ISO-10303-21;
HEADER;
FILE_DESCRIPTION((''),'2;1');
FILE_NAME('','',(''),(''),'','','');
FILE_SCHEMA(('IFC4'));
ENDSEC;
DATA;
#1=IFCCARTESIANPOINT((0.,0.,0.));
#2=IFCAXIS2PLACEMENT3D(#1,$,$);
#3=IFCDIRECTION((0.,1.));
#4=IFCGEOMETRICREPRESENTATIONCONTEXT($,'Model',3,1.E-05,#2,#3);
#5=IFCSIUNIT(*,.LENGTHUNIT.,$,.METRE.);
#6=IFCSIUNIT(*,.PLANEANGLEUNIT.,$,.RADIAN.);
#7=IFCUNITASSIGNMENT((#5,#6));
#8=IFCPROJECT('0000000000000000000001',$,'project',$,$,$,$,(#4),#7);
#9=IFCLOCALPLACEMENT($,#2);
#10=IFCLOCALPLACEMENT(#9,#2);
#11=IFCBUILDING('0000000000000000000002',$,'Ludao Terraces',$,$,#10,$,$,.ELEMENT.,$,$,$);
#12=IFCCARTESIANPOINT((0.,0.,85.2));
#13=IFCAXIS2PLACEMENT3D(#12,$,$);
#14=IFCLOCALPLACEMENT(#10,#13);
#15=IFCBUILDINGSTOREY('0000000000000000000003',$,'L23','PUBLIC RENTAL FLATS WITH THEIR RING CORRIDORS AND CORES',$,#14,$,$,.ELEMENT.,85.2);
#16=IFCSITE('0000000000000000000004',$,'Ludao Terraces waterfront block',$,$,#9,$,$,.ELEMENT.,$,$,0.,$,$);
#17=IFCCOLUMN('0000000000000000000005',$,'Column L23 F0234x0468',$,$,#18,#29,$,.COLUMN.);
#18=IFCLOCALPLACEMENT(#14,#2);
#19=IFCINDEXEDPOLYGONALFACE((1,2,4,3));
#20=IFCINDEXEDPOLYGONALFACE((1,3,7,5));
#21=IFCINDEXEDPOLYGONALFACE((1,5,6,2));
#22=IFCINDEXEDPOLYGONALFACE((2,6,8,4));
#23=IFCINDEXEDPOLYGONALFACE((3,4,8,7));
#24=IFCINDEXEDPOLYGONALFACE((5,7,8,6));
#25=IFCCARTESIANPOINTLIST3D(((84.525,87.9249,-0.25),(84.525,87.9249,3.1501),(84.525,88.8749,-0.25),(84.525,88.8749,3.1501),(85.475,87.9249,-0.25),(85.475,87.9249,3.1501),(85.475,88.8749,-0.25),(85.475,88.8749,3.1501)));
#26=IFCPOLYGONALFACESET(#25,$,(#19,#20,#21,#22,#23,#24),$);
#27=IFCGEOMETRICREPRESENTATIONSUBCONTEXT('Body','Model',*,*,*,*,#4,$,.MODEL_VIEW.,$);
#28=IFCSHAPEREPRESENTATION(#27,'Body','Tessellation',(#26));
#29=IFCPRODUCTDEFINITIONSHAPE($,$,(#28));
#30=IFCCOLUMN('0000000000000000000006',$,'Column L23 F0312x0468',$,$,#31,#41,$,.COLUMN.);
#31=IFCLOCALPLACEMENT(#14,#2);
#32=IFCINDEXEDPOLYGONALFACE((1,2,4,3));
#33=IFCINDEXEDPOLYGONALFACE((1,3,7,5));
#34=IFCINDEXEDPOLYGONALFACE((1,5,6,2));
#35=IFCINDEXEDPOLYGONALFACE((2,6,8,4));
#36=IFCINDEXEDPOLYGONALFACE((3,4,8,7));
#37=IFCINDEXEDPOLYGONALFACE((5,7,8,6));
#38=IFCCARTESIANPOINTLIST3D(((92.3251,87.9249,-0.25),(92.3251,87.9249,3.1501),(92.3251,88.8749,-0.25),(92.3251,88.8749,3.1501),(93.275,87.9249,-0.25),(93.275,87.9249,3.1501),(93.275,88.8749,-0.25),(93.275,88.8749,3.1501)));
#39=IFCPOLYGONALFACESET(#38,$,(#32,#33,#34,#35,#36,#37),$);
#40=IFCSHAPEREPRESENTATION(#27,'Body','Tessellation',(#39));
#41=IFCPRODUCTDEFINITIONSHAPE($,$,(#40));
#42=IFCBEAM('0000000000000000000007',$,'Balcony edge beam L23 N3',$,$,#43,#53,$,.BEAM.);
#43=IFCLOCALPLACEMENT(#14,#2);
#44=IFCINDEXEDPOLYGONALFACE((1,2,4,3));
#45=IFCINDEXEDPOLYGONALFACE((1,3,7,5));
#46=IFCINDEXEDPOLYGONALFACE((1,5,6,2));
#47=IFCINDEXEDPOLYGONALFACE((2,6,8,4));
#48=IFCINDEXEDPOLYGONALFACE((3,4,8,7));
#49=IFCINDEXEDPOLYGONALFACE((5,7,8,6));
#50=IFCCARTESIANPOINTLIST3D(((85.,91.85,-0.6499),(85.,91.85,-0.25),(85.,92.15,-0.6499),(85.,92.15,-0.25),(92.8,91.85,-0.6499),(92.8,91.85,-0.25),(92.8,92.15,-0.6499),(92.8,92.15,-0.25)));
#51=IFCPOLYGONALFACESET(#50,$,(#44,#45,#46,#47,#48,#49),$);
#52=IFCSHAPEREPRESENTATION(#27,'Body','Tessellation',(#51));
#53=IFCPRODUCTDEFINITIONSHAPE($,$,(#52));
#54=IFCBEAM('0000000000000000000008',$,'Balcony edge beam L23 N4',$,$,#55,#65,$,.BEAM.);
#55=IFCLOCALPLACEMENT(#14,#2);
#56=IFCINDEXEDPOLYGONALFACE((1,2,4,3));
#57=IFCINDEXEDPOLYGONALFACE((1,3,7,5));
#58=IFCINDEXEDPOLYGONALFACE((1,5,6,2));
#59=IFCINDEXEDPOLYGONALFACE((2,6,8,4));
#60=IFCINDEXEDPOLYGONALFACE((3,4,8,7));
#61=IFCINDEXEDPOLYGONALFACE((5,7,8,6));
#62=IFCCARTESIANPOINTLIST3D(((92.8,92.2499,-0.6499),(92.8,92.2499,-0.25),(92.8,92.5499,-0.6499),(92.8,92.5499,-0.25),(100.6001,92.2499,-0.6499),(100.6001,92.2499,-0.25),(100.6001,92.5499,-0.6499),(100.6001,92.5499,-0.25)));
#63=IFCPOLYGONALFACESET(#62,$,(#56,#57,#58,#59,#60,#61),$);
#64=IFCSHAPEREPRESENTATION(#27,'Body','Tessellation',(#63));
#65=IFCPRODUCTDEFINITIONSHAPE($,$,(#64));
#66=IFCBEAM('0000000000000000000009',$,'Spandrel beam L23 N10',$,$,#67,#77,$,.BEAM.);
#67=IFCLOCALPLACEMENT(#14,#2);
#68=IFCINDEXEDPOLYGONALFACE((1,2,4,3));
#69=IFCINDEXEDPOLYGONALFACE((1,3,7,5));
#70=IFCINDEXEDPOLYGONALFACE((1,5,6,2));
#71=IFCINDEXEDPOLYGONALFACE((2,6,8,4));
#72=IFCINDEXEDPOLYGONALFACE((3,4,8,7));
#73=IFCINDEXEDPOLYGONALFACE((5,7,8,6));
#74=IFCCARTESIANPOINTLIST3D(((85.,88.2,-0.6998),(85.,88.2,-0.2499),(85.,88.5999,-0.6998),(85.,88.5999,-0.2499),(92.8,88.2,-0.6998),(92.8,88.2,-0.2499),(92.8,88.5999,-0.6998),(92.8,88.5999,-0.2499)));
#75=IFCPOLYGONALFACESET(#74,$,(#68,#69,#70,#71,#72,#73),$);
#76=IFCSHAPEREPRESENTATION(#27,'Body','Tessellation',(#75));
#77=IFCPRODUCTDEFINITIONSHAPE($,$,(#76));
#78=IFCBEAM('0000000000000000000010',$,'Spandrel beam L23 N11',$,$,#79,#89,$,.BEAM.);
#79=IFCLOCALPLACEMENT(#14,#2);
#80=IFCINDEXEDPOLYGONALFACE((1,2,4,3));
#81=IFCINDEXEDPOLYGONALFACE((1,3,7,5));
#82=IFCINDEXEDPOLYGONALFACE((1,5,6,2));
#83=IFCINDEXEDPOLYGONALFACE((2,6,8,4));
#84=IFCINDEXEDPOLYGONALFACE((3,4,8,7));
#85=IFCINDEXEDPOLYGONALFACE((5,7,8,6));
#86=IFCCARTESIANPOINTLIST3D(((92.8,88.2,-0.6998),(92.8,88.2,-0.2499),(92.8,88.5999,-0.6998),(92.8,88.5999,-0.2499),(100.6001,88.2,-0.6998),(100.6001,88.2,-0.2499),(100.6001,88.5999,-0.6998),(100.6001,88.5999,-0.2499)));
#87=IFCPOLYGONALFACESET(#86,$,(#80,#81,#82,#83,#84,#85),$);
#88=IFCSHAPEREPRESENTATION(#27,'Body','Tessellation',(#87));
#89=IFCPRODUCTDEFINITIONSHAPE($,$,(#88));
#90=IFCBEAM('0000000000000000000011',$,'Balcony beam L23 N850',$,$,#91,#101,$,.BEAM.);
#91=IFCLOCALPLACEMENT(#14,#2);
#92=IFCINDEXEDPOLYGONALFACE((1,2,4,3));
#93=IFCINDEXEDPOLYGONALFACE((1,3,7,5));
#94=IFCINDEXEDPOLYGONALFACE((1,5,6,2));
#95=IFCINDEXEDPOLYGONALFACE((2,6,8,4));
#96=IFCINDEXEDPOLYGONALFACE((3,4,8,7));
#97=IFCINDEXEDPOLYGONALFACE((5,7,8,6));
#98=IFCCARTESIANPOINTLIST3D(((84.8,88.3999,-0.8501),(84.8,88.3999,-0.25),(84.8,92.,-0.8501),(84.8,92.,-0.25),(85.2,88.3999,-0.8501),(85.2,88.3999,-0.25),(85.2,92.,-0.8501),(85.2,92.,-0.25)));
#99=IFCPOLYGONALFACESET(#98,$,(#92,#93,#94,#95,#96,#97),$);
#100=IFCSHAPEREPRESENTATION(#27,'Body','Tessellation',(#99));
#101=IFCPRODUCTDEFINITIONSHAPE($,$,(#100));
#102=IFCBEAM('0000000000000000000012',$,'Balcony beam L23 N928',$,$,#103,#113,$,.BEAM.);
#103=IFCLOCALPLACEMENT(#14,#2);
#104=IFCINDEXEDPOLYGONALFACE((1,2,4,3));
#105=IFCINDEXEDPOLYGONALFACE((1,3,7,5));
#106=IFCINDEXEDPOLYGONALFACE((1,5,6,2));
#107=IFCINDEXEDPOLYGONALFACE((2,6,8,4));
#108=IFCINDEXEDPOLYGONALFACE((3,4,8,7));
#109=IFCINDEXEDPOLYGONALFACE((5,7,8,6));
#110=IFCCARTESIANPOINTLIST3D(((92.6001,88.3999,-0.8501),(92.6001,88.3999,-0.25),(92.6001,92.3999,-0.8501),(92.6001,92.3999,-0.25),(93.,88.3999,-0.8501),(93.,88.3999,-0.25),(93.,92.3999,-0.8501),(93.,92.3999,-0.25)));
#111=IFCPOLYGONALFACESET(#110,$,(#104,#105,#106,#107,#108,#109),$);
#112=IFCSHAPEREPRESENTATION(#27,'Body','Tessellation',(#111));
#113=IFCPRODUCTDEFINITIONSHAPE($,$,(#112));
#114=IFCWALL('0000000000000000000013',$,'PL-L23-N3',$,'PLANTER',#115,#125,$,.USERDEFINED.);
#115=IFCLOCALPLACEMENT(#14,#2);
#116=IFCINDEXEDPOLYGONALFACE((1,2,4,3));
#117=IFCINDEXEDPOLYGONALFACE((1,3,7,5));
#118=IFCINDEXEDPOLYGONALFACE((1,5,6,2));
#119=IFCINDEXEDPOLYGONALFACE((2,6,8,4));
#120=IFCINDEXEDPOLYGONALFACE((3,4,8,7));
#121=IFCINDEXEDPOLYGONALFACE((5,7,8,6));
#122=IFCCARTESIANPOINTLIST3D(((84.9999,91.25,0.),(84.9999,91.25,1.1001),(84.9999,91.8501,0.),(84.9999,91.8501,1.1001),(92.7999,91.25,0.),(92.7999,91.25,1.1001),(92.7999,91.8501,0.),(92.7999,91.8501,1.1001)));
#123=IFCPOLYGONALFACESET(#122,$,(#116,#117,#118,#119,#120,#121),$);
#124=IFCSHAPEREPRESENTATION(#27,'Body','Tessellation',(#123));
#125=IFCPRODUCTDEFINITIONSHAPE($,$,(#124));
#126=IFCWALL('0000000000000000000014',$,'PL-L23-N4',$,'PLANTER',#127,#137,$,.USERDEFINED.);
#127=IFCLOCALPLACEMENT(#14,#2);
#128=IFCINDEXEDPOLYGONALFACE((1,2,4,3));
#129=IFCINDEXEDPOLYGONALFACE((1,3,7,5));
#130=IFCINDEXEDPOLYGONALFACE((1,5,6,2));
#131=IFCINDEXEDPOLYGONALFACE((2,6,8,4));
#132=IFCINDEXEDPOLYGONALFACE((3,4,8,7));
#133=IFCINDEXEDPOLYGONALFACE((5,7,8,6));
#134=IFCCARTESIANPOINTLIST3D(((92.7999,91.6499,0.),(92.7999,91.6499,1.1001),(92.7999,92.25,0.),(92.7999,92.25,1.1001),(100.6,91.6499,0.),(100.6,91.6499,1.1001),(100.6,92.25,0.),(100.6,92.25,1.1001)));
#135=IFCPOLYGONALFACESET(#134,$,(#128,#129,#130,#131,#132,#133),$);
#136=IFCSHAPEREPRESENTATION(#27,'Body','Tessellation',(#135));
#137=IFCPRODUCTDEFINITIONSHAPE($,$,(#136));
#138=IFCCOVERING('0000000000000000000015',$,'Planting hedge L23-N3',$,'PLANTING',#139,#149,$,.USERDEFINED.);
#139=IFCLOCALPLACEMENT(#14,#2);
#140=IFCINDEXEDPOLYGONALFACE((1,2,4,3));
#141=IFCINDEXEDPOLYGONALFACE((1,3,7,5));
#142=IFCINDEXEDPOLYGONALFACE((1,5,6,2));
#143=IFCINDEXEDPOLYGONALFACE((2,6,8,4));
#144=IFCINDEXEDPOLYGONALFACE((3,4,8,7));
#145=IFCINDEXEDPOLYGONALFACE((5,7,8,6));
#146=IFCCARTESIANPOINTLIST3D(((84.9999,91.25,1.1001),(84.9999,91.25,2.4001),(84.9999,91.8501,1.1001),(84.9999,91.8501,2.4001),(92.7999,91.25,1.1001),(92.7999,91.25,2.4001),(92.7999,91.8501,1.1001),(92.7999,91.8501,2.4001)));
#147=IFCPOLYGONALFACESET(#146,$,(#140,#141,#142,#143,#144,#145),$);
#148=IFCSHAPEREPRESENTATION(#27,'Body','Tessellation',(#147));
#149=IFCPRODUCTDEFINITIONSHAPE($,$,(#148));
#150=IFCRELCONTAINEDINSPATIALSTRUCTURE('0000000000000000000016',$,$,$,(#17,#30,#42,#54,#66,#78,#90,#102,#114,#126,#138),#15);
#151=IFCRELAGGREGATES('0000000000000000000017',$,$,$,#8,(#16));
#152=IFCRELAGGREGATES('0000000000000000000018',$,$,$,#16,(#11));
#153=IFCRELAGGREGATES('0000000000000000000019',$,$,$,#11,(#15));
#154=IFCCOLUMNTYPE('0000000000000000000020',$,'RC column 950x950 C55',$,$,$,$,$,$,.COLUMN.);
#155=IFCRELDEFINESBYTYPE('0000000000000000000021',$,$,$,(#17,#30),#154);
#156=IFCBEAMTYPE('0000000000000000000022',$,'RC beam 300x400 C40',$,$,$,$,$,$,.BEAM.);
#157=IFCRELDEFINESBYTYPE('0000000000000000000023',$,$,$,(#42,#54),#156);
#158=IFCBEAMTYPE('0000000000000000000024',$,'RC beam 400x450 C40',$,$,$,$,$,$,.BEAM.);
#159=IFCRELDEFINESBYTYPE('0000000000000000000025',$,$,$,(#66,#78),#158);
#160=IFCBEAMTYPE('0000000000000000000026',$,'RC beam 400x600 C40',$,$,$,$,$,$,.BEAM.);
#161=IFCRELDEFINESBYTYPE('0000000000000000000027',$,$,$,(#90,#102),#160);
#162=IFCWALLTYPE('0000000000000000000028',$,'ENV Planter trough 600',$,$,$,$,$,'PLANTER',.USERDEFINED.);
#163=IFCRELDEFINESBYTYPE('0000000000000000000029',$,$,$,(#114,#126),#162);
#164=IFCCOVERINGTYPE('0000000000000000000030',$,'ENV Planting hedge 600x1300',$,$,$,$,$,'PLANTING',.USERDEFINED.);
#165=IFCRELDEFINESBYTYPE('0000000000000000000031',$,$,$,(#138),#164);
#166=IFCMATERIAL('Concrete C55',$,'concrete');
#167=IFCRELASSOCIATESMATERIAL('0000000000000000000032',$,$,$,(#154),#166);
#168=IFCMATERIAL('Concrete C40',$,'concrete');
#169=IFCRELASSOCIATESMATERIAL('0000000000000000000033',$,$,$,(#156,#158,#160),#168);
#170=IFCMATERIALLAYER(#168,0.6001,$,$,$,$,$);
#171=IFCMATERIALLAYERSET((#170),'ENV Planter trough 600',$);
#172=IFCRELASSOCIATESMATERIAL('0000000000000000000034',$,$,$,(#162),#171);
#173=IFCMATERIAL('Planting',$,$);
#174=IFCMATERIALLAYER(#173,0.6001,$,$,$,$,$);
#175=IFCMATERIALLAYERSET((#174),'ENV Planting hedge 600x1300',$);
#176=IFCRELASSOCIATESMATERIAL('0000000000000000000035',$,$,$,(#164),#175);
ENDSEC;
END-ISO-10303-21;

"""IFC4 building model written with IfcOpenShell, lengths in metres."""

from ifc_helpers import new_model, si_unit, direction, frame, frame_2d, origin, origin_2d, place, context, subcontext, project, spatial, rectangle, extrude, material, layer, layer_set, material_profile, profile_set, type_object, element, save


model = new_model("IFC4")

# Units and contexts
model_context = context("Model", 3, precision=1e-05, world=origin(), true_north=direction((0.0, 1.0)))
body_context = subcontext(model_context, "Body", "Model", "MODEL_VIEW")
ifc_project = project(units=[si_unit("LENGTHUNIT", "METRE"), si_unit("PLANEANGLEUNIT", "RADIAN")], contexts=[model_context])

# Site, building, storey
site_placement = place(None, origin())
site = spatial("IfcSite", under=ifc_project, at=site_placement, Name="Ludao Terraces waterfront block", CompositionType="ELEMENT", RefElevation=0.0)
building_placement = place(site_placement, origin())
building = spatial("IfcBuilding", under=site, at=building_placement, Name="Ludao Terraces", CompositionType="ELEMENT")
storey_placement = place(building_placement, frame((0.0, 0.0, 85.2)))
storey = spatial("IfcBuildingStorey", under=building, at=storey_placement, Name="L23", Description="PUBLIC RENTAL FLATS WITH THEIR RING CORRIDORS AND CORES", CompositionType="ELEMENT", Elevation=85.2)

# Columns
ifc_material_1 = material(Name="Concrete C55", Category="concrete")
ifc_material_profile_1 = material_profile(ifc_material_1, rectangle(XDim=0.95, YDim=0.95, at=origin_2d()), Name="950 X 950")
ifc_profile_set_1 = profile_set([ifc_material_profile_1], Name="Concrete C55")
column_type = type_object("IfcColumnType", Name="RC column 950x950 C55", PredefinedType="COLUMN", material=ifc_profile_set_1)
for number, where, z_axis, x_axis, name in (
    (1, (85.0, 88.3999, -0.25), (0.0, 0.0, 1.0), (1.0, 0.0, 0.0), "Column L23 F0234x0468"),
    (2, (92.8, 88.3999, -0.25), (0.0, 0.0, 1.0), (1.0, 0.0, 0.0), "Column L23 F0312x0468"),
):
    element("IfcColumn", number, at=place(storey_placement, frame(where, z_axis=z_axis, x_axis=x_axis)), inside=storey, type_object=column_type, Name=name, PredefinedType="COLUMN", context=body_context, shape_type="SweptSolid", body=[
        extrude(rectangle(XDim=0.95, YDim=0.95, at=origin_2d()), origin(), (0.0, 0.0, 1.0), 3.4001),
    ])

# Beams
ifc_material_2 = material(Name="Concrete C40", Category="concrete")
ifc_material_profile_2 = material_profile(ifc_material_2, rectangle(XDim=0.3, YDim=0.3999, at=origin_2d()), Name="300 X 400")
ifc_profile_set_2 = profile_set([ifc_material_profile_2], Name="Concrete C40")
beam_type_1 = type_object("IfcBeamType", Name="RC beam 300x400 C40", PredefinedType="BEAM", material=ifc_profile_set_2)
for number, where, z_axis, x_axis, name in (
    (3, (85.0, 92.0, -0.45), (1.0, 0.0, 0.0), (0.0, 1.0, 0.0), "Balcony edge beam L23 N3"),
    (4, (92.8, 92.3999, -0.45), (1.0, 0.0, 0.0), (0.0, 1.0, 0.0), "Balcony edge beam L23 N4"),
):
    element("IfcBeam", number, at=place(storey_placement, frame(where, z_axis=z_axis, x_axis=x_axis)), inside=storey, type_object=beam_type_1, Name=name, PredefinedType="BEAM", context=body_context, shape_type="SweptSolid", body=[
        extrude(rectangle(XDim=0.3, YDim=0.3999, at=origin_2d()), origin(), (0.0, 0.0, 1.0), 7.8),
    ])
ifc_material_profile_3 = material_profile(ifc_material_2, rectangle(XDim=0.3999, YDim=0.45, at=origin_2d()), Name="400 X 450")
ifc_profile_set_3 = profile_set([ifc_material_profile_3], Name="Concrete C40")
beam_type_2 = type_object("IfcBeamType", Name="RC beam 400x450 C40", PredefinedType="BEAM", material=ifc_profile_set_3)
for number, where, z_axis, x_axis, name in (
    (5, (85.0, 88.3999, -0.4749), (1.0, 0.0, 0.0), (0.0, 1.0, 0.0), "Spandrel beam L23 N10"),
    (6, (92.8, 88.3999, -0.4749), (1.0, 0.0, 0.0), (0.0, 1.0, 0.0), "Spandrel beam L23 N11"),
):
    element("IfcBeam", number, at=place(storey_placement, frame(where, z_axis=z_axis, x_axis=x_axis)), inside=storey, type_object=beam_type_2, Name=name, PredefinedType="BEAM", context=body_context, shape_type="SweptSolid", body=[
        extrude(rectangle(XDim=0.3999, YDim=0.45, at=origin_2d()), origin(), (0.0, 0.0, 1.0), 7.8),
    ])
ifc_material_profile_4 = material_profile(ifc_material_2, rectangle(XDim=0.3999, YDim=0.6001, at=origin_2d()), Name="400 X 600")
ifc_profile_set_4 = profile_set([ifc_material_profile_4], Name="Concrete C40")
beam_type_3 = type_object("IfcBeamType", Name="RC beam 400x600 C40", PredefinedType="BEAM", material=ifc_profile_set_4)
beam_1_placement = place(storey_placement, frame((85.0, 88.3999, -0.55), z_axis=(0.0, 1.0, 0.0), x_axis=(-1.0, 0.0, 0.0)))
element("IfcBeam", 7, at=beam_1_placement, inside=storey, type_object=beam_type_3, Name="Balcony beam L23 N850", PredefinedType="BEAM", context=body_context, shape_type="SweptSolid", body=[
    extrude(rectangle(XDim=0.3999, YDim=0.6001, at=origin_2d()), origin(), (0.0, 0.0, 1.0), 3.6001),
])
beam_2_placement = place(storey_placement, frame((92.8, 88.3999, -0.55), z_axis=(0.0, 1.0, 0.0), x_axis=(-1.0, 0.0, 0.0)))
element("IfcBeam", 8, at=beam_2_placement, inside=storey, type_object=beam_type_3, Name="Balcony beam L23 N928", PredefinedType="BEAM", context=body_context, shape_type="SweptSolid", body=[
    extrude(rectangle(XDim=0.3999, YDim=0.6001, at=origin_2d()), origin(), (0.0, 0.0, 1.0), 4.0),
])

# Walls
ifc_layer_1 = layer(ifc_material_2, 0.6001)
ifc_layer_set_1 = layer_set([ifc_layer_1], Name="ENV Planter trough 600")
wall_type = type_object("IfcWallType", Name="ENV Planter trough 600", ElementType="PLANTER", PredefinedType="USERDEFINED", material=ifc_layer_set_1)
for number, where, z_axis, x_axis, name in (
    (9, (85.0, 91.55, 0.0), (0.0, 0.0, 1.0), (1.0, 0.0, 0.0), "PL-L23-N3"),
    (10, (92.8, 91.95, 0.0), (0.0, 0.0, 1.0), (1.0, 0.0, 0.0), "PL-L23-N4"),
):
    element("IfcWall", number, at=place(storey_placement, frame(where, z_axis=z_axis, x_axis=x_axis)), inside=storey, type_object=wall_type, Name=name, ObjectType="PLANTER", PredefinedType="USERDEFINED", context=body_context, shape_type="SweptSolid", body=[
        extrude(rectangle(XDim=7.8, YDim=0.6001, at=frame_2d((3.8999, 0.0))), origin(), (0.0, 0.0, 1.0), 1.1001),
    ])

# Covering
ifc_material_3 = material(Name="Planting")
ifc_layer_2 = layer(ifc_material_3, 0.6001)
ifc_layer_set_2 = layer_set([ifc_layer_2], Name="ENV Planting hedge 600x1300")
covering_type = type_object("IfcCoveringType", Name="ENV Planting hedge 600x1300", ElementType="PLANTING", PredefinedType="USERDEFINED", material=ifc_layer_set_2)
covering_placement = place(storey_placement, frame((88.8999, 91.55, 1.1001), z_axis=(0.0, 0.0, 1.0), x_axis=(1.0, 0.0, 0.0)))
element("IfcCovering", 11, at=covering_placement, inside=storey, type_object=covering_type, Name="Planting hedge L23-N3", ObjectType="PLANTING", PredefinedType="USERDEFINED", context=body_context, shape_type="SweptSolid", body=[
    extrude(rectangle(XDim=7.8, YDim=0.6001, at=origin_2d()), origin(), (0.0, 0.0, 1.0), 1.3),
])

save(model, "model.ifc")
